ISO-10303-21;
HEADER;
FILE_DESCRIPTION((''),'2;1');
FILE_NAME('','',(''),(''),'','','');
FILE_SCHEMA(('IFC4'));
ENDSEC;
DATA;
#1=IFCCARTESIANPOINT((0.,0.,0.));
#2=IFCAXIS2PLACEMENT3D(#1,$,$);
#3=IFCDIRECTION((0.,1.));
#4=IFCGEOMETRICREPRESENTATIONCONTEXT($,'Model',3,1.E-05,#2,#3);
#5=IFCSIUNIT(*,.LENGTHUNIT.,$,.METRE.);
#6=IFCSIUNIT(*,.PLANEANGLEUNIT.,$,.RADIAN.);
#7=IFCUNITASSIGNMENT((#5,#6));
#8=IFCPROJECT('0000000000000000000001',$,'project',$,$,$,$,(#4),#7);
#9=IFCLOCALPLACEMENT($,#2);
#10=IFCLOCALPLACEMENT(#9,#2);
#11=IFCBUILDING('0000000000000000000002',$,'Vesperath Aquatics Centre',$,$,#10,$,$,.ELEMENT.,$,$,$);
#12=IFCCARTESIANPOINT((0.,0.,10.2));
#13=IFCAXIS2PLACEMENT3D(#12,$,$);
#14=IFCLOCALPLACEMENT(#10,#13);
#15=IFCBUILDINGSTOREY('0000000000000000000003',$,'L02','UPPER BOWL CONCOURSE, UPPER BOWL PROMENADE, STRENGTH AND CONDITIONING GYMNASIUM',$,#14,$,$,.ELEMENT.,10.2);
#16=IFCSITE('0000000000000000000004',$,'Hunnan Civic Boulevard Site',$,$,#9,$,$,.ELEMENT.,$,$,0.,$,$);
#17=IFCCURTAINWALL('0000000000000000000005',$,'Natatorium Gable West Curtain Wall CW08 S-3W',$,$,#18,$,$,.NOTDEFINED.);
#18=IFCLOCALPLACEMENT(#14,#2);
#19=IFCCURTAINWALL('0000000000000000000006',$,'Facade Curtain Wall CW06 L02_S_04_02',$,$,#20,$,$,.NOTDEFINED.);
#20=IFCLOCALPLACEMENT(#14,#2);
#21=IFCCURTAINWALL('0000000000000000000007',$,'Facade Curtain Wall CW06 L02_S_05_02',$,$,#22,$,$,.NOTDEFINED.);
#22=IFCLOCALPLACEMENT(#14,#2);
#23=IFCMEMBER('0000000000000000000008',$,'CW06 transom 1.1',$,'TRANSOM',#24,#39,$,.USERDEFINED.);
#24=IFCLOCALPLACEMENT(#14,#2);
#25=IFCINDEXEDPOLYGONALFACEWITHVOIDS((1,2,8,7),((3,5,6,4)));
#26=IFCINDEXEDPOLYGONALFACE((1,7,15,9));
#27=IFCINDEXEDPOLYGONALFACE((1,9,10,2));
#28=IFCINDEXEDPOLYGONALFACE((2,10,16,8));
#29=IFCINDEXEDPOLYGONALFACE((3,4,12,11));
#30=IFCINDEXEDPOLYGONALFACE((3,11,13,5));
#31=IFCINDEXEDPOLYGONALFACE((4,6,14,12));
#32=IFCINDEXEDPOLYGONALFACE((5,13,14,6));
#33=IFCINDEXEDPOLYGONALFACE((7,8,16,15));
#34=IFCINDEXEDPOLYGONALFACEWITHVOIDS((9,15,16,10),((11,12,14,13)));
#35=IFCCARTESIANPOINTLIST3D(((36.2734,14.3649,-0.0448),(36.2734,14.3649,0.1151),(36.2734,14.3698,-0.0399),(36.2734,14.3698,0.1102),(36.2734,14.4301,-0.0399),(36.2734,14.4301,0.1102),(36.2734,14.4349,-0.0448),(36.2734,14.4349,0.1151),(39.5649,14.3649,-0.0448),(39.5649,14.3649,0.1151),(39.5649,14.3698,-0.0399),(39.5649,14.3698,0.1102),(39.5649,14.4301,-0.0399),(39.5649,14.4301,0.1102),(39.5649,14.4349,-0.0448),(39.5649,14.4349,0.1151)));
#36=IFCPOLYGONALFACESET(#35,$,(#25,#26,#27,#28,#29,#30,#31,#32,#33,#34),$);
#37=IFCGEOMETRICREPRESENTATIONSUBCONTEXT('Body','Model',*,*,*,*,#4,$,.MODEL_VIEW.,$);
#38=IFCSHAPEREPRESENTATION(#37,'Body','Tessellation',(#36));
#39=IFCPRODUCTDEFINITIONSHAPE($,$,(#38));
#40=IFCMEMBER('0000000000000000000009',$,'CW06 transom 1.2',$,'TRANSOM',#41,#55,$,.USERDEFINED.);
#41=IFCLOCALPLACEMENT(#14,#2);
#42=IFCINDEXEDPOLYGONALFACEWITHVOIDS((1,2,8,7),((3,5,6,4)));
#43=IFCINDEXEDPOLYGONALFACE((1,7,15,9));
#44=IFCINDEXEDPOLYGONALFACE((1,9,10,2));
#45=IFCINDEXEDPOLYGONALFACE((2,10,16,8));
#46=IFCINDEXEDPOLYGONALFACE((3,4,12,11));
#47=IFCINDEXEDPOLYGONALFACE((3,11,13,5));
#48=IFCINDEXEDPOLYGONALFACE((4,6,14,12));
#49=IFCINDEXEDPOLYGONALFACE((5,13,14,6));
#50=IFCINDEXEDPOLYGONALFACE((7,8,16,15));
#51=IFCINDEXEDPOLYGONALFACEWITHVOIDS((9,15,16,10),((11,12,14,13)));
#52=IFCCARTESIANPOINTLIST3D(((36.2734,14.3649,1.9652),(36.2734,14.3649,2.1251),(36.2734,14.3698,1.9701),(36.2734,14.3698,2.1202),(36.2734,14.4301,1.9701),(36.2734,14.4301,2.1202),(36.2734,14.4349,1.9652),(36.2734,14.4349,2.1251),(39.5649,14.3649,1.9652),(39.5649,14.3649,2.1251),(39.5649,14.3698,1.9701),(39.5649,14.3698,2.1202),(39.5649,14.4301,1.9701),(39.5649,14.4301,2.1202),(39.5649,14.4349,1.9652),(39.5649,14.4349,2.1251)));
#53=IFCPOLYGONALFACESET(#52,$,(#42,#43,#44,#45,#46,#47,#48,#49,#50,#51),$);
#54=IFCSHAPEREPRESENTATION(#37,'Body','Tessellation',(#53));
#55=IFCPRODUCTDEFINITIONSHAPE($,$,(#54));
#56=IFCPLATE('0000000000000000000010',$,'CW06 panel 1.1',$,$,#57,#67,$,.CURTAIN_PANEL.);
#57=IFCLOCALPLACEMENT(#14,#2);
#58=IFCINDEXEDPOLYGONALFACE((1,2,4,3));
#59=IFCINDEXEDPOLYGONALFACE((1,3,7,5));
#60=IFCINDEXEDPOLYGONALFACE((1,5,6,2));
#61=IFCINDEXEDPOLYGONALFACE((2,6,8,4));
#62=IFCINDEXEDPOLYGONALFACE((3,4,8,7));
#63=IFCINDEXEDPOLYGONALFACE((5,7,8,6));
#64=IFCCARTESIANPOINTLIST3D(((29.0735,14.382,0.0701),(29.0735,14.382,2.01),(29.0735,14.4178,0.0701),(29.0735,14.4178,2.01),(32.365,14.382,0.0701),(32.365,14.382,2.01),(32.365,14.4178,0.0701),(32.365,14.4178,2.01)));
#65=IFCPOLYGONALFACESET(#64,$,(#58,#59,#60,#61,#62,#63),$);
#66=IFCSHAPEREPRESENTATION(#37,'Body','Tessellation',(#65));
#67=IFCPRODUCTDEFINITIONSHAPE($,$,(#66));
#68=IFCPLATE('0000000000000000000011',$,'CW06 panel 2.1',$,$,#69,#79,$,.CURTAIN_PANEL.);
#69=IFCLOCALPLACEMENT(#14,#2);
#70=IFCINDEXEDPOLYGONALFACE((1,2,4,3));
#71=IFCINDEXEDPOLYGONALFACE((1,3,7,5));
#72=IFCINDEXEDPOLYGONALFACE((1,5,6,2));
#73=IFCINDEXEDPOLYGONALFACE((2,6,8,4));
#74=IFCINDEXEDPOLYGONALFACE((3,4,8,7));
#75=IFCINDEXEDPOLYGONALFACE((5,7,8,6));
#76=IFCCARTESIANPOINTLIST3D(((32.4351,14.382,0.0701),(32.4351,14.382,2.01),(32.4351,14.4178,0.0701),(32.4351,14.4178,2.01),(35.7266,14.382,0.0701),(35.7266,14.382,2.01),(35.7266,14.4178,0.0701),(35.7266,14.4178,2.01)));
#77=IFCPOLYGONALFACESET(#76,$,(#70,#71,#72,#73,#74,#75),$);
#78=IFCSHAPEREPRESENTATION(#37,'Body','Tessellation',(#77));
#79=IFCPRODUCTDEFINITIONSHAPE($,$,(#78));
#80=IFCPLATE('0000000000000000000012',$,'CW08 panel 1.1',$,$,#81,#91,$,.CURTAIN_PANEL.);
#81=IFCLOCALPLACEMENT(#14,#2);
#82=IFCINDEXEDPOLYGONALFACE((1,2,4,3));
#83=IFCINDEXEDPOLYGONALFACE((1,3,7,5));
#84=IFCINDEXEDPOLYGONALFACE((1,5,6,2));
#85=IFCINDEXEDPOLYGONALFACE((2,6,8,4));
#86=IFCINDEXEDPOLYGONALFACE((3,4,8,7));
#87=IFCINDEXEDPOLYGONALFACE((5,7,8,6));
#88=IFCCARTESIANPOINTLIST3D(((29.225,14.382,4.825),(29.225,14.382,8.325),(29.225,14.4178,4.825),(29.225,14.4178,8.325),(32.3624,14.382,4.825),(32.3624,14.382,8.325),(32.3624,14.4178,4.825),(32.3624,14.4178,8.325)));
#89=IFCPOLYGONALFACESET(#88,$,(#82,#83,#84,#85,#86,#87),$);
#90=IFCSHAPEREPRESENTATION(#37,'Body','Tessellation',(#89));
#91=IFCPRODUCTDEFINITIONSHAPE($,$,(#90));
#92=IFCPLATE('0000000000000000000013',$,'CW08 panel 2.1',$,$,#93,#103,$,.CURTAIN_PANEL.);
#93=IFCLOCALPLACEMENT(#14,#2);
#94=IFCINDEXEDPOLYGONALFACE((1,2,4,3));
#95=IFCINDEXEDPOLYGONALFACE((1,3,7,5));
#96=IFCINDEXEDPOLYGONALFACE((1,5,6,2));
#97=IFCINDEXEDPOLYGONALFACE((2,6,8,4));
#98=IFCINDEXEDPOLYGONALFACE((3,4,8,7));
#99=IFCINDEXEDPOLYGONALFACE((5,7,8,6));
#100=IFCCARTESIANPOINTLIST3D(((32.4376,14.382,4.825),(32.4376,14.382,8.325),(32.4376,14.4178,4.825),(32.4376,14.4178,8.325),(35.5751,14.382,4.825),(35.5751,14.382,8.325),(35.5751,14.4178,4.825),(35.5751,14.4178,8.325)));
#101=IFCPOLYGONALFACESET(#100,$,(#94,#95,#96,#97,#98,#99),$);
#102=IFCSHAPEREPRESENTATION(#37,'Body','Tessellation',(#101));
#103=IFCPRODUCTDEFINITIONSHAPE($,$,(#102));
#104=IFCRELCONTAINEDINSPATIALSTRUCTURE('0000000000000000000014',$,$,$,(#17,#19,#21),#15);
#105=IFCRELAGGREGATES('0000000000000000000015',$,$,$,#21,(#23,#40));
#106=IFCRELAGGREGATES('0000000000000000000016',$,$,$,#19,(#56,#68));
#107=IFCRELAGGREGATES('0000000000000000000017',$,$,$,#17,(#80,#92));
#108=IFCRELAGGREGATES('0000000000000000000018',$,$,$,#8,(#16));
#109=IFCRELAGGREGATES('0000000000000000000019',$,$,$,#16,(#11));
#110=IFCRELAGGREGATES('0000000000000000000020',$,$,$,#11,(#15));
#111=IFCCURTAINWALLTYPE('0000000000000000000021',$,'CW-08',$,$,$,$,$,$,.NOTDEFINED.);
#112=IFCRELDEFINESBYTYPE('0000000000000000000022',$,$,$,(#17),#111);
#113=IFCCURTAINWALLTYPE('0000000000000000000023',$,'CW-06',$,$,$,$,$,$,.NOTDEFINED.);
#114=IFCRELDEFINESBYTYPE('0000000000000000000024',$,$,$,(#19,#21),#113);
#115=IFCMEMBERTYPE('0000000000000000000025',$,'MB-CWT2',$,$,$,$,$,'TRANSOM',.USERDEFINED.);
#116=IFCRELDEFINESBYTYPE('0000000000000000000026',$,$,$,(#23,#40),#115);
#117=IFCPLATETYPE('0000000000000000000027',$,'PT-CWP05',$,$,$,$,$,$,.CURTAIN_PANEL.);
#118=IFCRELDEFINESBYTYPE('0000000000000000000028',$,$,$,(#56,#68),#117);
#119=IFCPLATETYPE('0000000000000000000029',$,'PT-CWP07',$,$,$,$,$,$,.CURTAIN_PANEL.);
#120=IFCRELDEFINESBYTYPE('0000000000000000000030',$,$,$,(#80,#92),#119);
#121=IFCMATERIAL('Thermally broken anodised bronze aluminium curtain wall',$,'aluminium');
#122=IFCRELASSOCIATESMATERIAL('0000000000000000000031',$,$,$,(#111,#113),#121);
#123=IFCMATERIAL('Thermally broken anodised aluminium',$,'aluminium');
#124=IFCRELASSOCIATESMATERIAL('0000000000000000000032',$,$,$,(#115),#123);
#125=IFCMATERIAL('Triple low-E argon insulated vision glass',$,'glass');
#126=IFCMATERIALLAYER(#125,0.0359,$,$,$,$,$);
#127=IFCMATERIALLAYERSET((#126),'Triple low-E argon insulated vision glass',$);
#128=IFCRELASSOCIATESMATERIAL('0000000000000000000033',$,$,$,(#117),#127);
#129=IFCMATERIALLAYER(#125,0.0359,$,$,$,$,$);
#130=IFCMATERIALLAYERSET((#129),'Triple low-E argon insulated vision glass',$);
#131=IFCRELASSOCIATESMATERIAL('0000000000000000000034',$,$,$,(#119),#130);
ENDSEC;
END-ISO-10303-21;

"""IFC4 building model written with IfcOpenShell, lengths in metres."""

from ifc_helpers import new_model, si_unit, direction, frame, origin, origin_2d, place, context, subcontext, project, spatial, rectangle, hollow_rectangle, extrude, material, layer, layer_set, material_profile, profile_set, type_object, element, aggregate, save


model = new_model("IFC4")

# Units and contexts
model_context = context("Model", 3, precision=1e-05, world=origin(), true_north=direction((0.0, 1.0)))
body_context = subcontext(model_context, "Body", "Model", "MODEL_VIEW")
ifc_project = project(units=[si_unit("LENGTHUNIT", "METRE"), si_unit("PLANEANGLEUNIT", "RADIAN")], contexts=[model_context])

# Site, building, storey
site_placement = place(None, origin())
site = spatial("IfcSite", under=ifc_project, at=site_placement, Name="Hunnan Civic Boulevard Site", CompositionType="ELEMENT", RefElevation=0.0)
building_placement = place(site_placement, origin())
building = spatial("IfcBuilding", under=site, at=building_placement, Name="Vesperath Aquatics Centre", CompositionType="ELEMENT")
storey_placement = place(building_placement, frame((0.0, 0.0, 10.2)))
storey = spatial("IfcBuildingStorey", under=building, at=storey_placement, Name="L02", Description="UPPER BOWL CONCOURSE, UPPER BOWL PROMENADE, STRENGTH AND CONDITIONING GYMNASIUM", CompositionType="ELEMENT", Elevation=10.2)

# Curtain walls
ifc_material_1 = material(Name="Thermally broken anodised bronze aluminium curtain wall", Category="aluminium")
curtain_wall_type_1 = type_object("IfcCurtainWallType", Name="CW-08", PredefinedType="NOTDEFINED", material=ifc_material_1)
curtain_wall_1_placement = place(storey_placement, origin())
curtain_wall_1 = element("IfcCurtainWall", 1, at=curtain_wall_1_placement, inside=storey, type_object=curtain_wall_type_1, Name="Natatorium Gable West Curtain Wall CW08 S-3W", PredefinedType="NOTDEFINED")
ifc_material_2 = material(Name="Thermally broken anodised aluminium", Category="aluminium")
curtain_wall_type_2 = type_object("IfcCurtainWallType", Name="CW-06", PredefinedType="NOTDEFINED", material=ifc_material_1)
curtain_wall_2_placement = place(storey_placement, origin())
curtain_wall_2 = element("IfcCurtainWall", 2, at=curtain_wall_2_placement, inside=storey, type_object=curtain_wall_type_2, Name="Facade Curtain Wall CW06 L02_S_04_02", PredefinedType="NOTDEFINED")

# Curtain wall
curtain_wall_3_placement = place(storey_placement, origin())
curtain_wall_3 = element("IfcCurtainWall", 3, at=curtain_wall_3_placement, inside=storey, type_object=curtain_wall_type_2, Name="Facade Curtain Wall CW06 L02_S_05_02", PredefinedType="NOTDEFINED")

# Members
ifc_material_profile_1 = material_profile(ifc_material_2, hollow_rectangle(XDim=0.0701, YDim=0.1599, WallThickness=0.0049, at=origin_2d()), Name="CWT 70x160x5")
ifc_profile_set_1 = profile_set([ifc_material_profile_1], Name="Thermally broken anodised aluminium")
member_type_1 = type_object("IfcMemberType", Name="MB-CWT2", ElementType="TRANSOM", PredefinedType="USERDEFINED", material=ifc_profile_set_1)
member_1_placement = place(storey_placement, frame((36.2734, 14.3999, 0.0352), z_axis=(1.0, 0.0, 0.0), x_axis=(0.0, 1.0, 0.0)))
member_1 = element("IfcMember", 4, at=member_1_placement, type_object=member_type_1, Name="CW06 transom 1.1", ObjectType="TRANSOM", PredefinedType="USERDEFINED", context=body_context, shape_type="SweptSolid", body=[
    extrude(hollow_rectangle(XDim=0.0701, YDim=0.1599, WallThickness=0.0049, at=origin_2d()), origin(), (0.0, 0.0, 1.0), 3.2915),
])
member_2_placement = place(storey_placement, frame((36.2734, 14.3999, 2.0452), z_axis=(1.0, 0.0, 0.0), x_axis=(0.0, 1.0, 0.0)))
member_2 = element("IfcMember", 5, at=member_2_placement, type_object=member_type_1, Name="CW06 transom 1.2", ObjectType="TRANSOM", PredefinedType="USERDEFINED", context=body_context, shape_type="SweptSolid", body=[
    extrude(hollow_rectangle(XDim=0.0701, YDim=0.1599, WallThickness=0.0049, at=origin_2d()), origin(), (0.0, 0.0, 1.0), 3.2915),
])
aggregate(curtain_wall_3, [member_1, member_2])

# Plates
ifc_material_3 = material(Name="Triple low-E argon insulated vision glass", Category="glass")
ifc_layer_1 = layer(ifc_material_3, 0.0359)
ifc_layer_set_1 = layer_set([ifc_layer_1], Name="Triple low-E argon insulated vision glass")
plate_type_1 = type_object("IfcPlateType", Name="PT-CWP05", PredefinedType="CURTAIN_PANEL", material=ifc_layer_set_1)
plate_1_placement = place(storey_placement, frame((30.7192, 14.3999, 0.0701), z_axis=(0.0, 0.0, 1.0), x_axis=(1.0, 0.0, 0.0)))
plate_1 = element("IfcPlate", 6, at=plate_1_placement, type_object=plate_type_1, Name="CW06 panel 1.1", PredefinedType="CURTAIN_PANEL", context=body_context, shape_type="SweptSolid", body=[
    extrude(rectangle(XDim=3.2915, YDim=0.0359, at=origin_2d()), origin(), (0.0, 0.0, 1.0), 1.9399),
])
plate_2_placement = place(storey_placement, frame((34.0808, 14.3999, 0.0701), z_axis=(0.0, 0.0, 1.0), x_axis=(1.0, 0.0, 0.0)))
plate_2 = element("IfcPlate", 7, at=plate_2_placement, type_object=plate_type_1, Name="CW06 panel 2.1", PredefinedType="CURTAIN_PANEL", context=body_context, shape_type="SweptSolid", body=[
    extrude(rectangle(XDim=3.2915, YDim=0.0359, at=origin_2d()), origin(), (0.0, 0.0, 1.0), 1.9399),
])
aggregate(curtain_wall_2, [plate_1, plate_2])
ifc_layer_2 = layer(ifc_material_3, 0.0359)
ifc_layer_set_2 = layer_set([ifc_layer_2], Name="Triple low-E argon insulated vision glass")
plate_type_2 = type_object("IfcPlateType", Name="PT-CWP07", PredefinedType="CURTAIN_PANEL", material=ifc_layer_set_2)
plate_3_placement = place(storey_placement, frame((30.7937, 14.3999, 4.825), z_axis=(0.0, 0.0, 1.0), x_axis=(1.0, 0.0, 0.0)))
plate_3 = element("IfcPlate", 8, at=plate_3_placement, type_object=plate_type_2, Name="CW08 panel 1.1", PredefinedType="CURTAIN_PANEL", context=body_context, shape_type="SweptSolid", body=[
    extrude(rectangle(XDim=3.1375, YDim=0.0359, at=origin_2d()), origin(), (0.0, 0.0, 1.0), 3.5),
])
plate_4_placement = place(storey_placement, frame((34.0063, 14.3999, 4.825), z_axis=(0.0, 0.0, 1.0), x_axis=(1.0, 0.0, 0.0)))
plate_4 = element("IfcPlate", 9, at=plate_4_placement, type_object=plate_type_2, Name="CW08 panel 2.1", PredefinedType="CURTAIN_PANEL", context=body_context, shape_type="SweptSolid", body=[
    extrude(rectangle(XDim=3.1375, YDim=0.0359, at=origin_2d()), origin(), (0.0, 0.0, 1.0), 3.5),
])
aggregate(curtain_wall_1, [plate_3, plate_4])

save(model, "model.ifc")
